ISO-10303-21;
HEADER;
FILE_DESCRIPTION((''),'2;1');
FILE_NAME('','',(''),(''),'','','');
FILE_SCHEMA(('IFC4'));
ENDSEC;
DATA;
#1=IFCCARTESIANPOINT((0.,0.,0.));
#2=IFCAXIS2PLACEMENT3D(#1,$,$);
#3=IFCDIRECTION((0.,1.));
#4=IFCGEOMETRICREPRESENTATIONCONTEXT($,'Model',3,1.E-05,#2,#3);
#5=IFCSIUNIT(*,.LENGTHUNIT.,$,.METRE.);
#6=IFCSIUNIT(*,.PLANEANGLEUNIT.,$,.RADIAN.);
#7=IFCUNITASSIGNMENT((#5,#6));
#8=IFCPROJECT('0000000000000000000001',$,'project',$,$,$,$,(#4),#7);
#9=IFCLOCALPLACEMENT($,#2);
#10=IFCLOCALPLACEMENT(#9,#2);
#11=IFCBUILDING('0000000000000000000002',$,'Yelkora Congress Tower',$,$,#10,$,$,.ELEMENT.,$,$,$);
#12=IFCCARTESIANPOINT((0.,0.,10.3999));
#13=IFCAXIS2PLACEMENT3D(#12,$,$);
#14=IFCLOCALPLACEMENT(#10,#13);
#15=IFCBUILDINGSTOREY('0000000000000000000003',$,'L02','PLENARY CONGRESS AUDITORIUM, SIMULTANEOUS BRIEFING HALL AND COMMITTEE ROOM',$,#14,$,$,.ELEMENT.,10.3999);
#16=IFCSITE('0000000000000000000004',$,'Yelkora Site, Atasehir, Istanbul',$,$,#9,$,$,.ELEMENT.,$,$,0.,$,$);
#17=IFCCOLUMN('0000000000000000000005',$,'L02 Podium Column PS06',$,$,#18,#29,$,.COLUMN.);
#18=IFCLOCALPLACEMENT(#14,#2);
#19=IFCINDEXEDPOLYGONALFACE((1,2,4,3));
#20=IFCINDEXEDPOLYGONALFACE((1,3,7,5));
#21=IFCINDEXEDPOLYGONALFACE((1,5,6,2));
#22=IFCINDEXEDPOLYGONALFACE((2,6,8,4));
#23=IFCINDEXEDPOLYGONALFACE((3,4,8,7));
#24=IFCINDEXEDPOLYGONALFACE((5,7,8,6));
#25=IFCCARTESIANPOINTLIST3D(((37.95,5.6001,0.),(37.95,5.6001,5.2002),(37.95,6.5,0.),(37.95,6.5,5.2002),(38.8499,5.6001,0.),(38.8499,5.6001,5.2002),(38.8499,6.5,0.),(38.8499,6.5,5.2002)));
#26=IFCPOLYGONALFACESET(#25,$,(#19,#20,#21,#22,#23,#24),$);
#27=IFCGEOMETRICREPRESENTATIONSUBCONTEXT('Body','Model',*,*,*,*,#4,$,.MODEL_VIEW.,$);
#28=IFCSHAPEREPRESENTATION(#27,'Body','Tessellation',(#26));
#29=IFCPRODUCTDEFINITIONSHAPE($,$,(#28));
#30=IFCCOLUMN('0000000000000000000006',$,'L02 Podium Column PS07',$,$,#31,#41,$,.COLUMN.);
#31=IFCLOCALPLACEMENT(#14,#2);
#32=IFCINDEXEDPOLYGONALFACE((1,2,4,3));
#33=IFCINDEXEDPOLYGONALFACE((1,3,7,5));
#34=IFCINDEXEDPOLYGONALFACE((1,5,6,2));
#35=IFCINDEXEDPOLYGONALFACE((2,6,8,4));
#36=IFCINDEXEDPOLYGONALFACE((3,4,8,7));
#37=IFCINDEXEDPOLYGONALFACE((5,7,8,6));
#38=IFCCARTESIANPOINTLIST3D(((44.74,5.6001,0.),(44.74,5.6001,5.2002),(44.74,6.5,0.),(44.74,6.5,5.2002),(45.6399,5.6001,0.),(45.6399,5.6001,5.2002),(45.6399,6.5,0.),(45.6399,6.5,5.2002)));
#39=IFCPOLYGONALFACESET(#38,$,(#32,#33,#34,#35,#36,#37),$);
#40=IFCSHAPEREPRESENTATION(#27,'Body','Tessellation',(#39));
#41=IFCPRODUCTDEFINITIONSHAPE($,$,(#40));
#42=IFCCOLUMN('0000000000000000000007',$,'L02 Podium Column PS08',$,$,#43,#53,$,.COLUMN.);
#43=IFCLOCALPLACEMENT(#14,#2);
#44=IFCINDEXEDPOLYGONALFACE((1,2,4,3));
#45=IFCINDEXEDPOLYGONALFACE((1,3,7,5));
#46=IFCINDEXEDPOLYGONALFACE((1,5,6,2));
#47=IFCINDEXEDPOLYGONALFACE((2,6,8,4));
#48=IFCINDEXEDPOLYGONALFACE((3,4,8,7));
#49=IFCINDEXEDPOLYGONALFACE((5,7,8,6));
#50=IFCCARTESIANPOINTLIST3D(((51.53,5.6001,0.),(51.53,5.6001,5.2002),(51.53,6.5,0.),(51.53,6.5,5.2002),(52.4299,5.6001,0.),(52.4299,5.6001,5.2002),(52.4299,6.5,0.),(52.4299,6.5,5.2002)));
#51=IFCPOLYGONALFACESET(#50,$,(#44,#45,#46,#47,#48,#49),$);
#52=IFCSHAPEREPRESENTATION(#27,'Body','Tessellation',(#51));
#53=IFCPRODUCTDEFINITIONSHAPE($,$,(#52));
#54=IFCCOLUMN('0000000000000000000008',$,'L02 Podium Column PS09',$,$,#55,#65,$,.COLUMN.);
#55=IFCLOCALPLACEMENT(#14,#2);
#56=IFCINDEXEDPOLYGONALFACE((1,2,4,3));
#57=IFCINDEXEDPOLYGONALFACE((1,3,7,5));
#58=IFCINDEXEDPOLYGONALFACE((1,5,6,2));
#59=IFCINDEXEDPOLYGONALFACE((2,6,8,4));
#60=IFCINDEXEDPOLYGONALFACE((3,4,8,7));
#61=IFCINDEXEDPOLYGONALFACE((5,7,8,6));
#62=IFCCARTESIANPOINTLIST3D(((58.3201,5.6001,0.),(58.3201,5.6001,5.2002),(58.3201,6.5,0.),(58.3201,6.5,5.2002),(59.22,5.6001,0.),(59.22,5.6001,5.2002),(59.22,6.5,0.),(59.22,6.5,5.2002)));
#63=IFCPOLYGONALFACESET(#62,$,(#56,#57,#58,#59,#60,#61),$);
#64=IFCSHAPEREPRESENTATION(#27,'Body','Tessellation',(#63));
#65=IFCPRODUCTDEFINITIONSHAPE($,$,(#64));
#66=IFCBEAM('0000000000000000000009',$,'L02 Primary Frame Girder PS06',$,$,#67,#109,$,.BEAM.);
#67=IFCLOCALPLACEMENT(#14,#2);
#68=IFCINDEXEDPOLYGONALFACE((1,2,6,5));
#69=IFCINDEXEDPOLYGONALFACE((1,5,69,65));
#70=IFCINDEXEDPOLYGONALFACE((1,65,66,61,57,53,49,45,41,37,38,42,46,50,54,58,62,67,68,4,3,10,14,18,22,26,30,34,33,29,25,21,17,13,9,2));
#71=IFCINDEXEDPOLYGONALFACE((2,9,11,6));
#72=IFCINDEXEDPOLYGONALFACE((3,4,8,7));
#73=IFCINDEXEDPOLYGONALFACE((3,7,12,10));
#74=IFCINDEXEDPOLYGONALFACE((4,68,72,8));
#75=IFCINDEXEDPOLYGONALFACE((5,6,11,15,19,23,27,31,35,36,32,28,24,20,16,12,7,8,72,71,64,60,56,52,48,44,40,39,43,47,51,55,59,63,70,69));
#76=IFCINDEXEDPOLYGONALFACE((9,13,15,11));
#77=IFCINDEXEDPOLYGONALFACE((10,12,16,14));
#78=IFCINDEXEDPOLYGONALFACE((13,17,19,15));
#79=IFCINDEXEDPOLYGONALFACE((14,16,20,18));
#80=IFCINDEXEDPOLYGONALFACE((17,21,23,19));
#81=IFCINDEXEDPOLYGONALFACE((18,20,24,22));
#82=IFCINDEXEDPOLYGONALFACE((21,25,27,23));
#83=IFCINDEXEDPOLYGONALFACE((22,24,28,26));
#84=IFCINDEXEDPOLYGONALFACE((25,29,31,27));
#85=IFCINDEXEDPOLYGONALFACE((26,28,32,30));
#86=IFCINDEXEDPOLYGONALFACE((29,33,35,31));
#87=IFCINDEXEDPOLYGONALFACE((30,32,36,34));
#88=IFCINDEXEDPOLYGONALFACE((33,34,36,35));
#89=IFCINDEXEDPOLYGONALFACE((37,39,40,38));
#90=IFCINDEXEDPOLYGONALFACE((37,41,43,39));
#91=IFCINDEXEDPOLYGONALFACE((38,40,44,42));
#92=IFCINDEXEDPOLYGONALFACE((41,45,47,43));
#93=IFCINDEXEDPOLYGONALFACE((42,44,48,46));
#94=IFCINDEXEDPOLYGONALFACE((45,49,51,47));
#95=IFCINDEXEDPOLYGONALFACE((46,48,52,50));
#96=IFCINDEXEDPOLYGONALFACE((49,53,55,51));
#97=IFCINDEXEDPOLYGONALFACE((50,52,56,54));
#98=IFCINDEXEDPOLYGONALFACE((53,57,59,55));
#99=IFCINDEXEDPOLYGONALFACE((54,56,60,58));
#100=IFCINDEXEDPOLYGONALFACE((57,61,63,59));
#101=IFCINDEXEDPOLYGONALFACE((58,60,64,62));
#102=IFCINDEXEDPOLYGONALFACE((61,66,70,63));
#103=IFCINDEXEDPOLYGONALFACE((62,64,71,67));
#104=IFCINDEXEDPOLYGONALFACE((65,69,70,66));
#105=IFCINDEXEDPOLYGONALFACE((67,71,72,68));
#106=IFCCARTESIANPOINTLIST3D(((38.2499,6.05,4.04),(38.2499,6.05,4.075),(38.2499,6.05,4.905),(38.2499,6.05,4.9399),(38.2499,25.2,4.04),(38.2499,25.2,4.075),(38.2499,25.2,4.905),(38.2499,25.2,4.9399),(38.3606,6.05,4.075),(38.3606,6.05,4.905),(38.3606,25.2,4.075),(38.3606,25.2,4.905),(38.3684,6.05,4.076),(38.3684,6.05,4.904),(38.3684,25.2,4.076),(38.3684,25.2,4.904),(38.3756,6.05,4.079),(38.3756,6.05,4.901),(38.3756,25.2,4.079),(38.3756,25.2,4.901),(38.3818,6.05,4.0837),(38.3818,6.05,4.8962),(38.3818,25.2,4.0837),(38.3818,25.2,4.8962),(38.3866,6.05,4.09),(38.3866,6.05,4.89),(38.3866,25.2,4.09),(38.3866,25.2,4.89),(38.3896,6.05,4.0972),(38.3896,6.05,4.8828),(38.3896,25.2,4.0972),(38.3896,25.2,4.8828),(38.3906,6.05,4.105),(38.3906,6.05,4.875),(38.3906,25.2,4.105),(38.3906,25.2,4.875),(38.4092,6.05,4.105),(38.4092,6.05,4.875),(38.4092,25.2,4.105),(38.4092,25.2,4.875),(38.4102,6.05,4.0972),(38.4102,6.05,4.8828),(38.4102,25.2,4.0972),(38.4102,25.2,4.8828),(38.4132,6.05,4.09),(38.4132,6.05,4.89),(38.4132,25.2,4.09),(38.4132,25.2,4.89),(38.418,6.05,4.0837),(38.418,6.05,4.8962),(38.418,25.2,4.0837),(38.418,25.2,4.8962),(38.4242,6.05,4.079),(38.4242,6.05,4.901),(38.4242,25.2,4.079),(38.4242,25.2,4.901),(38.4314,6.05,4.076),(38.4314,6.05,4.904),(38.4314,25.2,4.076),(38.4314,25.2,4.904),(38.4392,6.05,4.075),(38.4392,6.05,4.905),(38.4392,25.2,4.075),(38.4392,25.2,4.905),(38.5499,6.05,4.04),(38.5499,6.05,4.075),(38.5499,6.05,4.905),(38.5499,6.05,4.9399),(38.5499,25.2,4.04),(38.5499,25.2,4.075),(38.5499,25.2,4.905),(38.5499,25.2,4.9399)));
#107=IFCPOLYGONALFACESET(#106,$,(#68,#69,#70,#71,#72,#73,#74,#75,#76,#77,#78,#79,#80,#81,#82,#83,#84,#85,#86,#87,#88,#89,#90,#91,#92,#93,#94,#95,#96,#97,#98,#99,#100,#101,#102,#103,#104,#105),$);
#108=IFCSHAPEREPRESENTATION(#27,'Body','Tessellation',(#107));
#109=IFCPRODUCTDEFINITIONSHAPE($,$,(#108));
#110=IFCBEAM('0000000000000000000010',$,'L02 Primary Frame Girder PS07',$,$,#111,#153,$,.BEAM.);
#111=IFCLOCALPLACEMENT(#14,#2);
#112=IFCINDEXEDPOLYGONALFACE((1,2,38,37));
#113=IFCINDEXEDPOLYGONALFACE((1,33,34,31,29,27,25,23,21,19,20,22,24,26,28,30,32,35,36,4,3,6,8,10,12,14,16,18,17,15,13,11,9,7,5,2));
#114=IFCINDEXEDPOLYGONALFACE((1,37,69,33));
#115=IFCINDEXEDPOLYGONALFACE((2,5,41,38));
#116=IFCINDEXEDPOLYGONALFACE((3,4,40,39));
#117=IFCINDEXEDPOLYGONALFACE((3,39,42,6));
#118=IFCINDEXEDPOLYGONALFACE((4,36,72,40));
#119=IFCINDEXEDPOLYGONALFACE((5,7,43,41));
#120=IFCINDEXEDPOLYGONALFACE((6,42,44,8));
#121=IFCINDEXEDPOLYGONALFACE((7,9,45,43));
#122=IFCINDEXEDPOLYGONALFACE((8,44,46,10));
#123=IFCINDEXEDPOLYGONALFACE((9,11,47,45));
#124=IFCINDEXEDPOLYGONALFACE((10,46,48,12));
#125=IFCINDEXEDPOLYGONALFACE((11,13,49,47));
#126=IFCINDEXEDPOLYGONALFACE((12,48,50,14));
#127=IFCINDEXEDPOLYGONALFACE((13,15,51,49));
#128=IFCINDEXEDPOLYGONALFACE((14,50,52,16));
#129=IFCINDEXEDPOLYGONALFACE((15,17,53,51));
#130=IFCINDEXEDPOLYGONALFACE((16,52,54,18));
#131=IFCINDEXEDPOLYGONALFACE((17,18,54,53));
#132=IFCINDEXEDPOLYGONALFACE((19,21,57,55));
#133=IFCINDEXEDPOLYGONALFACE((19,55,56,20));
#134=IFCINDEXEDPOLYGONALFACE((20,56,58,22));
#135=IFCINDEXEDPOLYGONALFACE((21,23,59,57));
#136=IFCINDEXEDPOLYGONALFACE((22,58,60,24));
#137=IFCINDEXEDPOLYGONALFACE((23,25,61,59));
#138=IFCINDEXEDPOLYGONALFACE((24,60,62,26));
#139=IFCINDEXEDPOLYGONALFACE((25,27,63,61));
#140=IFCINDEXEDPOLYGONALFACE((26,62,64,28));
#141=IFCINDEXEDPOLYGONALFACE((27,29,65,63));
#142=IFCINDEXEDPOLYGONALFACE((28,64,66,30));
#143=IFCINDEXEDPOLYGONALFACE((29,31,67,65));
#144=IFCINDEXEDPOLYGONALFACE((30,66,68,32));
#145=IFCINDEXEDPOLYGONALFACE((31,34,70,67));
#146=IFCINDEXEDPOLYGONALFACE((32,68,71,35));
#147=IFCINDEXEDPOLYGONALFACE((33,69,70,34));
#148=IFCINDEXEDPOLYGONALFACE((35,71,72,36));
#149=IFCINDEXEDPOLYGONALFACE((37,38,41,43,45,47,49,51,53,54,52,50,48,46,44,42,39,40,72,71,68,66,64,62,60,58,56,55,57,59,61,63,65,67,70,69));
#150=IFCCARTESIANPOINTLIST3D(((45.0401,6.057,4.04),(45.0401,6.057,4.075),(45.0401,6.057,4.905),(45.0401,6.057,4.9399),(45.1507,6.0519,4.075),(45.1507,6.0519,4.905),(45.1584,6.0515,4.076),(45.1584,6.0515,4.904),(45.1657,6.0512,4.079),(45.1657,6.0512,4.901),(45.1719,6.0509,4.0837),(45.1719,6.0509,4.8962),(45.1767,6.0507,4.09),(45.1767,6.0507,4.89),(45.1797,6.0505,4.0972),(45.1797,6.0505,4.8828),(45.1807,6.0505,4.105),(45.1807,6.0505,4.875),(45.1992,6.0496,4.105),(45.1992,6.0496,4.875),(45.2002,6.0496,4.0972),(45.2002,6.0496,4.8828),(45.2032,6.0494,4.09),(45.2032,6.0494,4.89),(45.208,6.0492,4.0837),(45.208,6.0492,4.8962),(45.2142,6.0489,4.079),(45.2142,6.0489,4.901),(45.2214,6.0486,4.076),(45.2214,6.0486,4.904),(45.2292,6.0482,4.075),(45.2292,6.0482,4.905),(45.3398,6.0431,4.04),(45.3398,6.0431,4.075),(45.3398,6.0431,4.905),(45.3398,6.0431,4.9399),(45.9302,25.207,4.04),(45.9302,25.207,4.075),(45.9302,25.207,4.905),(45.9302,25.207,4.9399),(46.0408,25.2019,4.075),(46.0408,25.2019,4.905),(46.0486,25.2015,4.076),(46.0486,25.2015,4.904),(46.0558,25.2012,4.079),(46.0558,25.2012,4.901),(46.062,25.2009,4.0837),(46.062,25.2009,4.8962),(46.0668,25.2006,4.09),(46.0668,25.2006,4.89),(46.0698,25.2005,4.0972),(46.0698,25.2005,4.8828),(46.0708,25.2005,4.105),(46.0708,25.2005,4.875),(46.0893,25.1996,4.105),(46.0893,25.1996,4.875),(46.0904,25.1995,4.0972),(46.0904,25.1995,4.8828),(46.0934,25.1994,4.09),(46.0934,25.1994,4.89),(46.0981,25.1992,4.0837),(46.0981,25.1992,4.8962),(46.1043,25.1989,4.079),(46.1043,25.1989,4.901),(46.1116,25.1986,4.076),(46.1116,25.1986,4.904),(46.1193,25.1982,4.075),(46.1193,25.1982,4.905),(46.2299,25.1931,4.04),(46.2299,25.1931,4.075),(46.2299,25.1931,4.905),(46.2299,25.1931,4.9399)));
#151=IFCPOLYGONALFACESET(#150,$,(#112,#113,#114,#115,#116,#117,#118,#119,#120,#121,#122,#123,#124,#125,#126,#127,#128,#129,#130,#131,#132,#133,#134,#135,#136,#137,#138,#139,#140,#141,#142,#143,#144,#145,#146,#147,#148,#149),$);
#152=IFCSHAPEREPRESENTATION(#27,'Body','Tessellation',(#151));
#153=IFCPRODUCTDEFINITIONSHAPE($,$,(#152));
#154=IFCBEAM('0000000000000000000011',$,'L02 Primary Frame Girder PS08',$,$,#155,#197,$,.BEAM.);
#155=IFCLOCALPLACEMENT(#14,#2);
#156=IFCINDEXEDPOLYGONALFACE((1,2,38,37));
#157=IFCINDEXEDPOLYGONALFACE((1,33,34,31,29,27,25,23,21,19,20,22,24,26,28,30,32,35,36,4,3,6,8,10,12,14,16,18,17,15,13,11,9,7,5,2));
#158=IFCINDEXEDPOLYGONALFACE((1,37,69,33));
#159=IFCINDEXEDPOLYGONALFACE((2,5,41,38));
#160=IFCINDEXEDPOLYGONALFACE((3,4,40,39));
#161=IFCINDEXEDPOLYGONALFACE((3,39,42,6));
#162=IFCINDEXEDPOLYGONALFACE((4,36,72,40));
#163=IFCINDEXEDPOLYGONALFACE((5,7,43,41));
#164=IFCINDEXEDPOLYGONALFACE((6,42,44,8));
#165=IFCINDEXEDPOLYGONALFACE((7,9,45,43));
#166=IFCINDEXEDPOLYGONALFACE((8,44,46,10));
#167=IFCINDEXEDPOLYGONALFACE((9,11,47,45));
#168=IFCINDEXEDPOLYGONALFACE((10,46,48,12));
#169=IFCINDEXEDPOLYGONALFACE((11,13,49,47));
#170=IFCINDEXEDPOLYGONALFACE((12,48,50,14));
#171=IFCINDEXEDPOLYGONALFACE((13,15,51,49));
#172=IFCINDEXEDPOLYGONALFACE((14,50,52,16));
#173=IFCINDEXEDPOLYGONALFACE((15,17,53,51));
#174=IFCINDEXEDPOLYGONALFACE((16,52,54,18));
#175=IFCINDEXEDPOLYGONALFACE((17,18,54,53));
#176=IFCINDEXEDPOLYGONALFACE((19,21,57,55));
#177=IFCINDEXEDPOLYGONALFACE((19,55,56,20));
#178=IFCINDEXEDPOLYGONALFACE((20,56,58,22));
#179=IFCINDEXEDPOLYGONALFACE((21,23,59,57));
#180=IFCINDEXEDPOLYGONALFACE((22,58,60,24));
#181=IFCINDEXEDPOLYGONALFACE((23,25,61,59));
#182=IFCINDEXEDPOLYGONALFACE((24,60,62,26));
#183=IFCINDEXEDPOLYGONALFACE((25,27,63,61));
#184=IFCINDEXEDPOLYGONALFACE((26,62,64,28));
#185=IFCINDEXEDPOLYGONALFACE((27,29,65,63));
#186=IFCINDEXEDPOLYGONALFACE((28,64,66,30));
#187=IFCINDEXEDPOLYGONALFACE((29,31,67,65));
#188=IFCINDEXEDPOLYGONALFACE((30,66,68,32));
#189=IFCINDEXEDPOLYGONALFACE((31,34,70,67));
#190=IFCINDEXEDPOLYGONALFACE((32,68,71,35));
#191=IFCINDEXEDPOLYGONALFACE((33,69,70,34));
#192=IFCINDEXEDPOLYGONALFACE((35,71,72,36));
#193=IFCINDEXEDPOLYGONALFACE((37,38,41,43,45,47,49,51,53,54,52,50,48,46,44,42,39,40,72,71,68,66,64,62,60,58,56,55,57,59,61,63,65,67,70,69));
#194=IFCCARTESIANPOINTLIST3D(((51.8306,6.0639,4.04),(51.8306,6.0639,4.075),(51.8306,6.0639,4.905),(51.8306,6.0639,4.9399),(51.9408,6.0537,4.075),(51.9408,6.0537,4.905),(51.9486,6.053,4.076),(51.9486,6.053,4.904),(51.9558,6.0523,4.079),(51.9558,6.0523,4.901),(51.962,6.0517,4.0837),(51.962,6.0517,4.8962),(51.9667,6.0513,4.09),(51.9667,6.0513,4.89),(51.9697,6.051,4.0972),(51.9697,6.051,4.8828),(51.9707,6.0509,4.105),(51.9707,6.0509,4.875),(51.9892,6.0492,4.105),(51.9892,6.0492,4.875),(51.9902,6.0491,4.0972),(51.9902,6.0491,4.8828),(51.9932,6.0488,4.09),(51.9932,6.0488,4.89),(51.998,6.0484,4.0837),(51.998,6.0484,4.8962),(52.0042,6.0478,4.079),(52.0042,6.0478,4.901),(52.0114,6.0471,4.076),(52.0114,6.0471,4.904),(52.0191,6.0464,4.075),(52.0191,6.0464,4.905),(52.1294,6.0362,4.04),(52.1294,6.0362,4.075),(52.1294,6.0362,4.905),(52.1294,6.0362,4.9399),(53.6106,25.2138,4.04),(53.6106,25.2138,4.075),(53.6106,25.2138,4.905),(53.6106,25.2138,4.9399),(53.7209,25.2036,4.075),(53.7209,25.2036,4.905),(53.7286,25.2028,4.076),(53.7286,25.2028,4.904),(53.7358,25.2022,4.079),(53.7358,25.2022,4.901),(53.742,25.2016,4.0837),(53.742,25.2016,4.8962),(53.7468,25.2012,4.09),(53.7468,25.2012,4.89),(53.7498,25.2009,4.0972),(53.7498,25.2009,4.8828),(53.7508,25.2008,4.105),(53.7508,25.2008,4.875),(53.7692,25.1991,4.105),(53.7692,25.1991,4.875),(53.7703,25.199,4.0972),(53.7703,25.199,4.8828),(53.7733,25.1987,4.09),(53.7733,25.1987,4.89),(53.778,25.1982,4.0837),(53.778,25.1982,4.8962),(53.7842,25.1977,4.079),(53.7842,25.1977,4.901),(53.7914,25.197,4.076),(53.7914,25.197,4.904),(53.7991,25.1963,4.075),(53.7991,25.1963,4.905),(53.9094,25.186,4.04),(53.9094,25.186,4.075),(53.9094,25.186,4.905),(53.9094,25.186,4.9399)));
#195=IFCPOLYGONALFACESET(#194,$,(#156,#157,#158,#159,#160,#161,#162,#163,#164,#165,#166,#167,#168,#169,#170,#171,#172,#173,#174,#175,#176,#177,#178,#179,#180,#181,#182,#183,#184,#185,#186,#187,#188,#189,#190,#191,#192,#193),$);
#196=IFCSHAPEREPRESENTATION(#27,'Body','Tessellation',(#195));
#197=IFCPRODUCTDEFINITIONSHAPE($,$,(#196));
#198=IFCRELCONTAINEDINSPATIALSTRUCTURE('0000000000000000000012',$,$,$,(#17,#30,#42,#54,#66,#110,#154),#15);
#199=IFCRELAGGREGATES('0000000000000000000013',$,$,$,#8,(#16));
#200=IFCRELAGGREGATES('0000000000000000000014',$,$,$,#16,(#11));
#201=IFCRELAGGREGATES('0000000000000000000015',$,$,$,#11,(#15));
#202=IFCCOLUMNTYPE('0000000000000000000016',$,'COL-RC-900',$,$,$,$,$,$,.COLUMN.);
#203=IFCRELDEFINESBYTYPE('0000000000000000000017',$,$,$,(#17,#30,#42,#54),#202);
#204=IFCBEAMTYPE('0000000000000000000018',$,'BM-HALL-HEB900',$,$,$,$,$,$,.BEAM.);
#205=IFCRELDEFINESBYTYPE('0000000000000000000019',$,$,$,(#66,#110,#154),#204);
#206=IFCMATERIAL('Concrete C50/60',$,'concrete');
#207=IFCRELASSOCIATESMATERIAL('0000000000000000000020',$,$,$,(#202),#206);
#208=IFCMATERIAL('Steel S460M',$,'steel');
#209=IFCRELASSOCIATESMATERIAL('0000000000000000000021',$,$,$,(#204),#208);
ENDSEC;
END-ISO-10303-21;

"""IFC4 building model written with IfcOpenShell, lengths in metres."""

from ifc_helpers import new_model, si_unit, direction, frame, origin, origin_2d, place, context, subcontext, project, spatial, rectangle, i_section, extrude, material, material_profile, profile_set, type_object, element, save


model = new_model("IFC4")

# Units and contexts
model_context = context("Model", 3, precision=1e-05, world=origin(), true_north=direction((0.0, 1.0)))
body_context = subcontext(model_context, "Body", "Model", "MODEL_VIEW")
ifc_project = project(units=[si_unit("LENGTHUNIT", "METRE"), si_unit("PLANEANGLEUNIT", "RADIAN")], contexts=[model_context])

# Site, building, storey
site_placement = place(None, origin())
site = spatial("IfcSite", under=ifc_project, at=site_placement, Name="Yelkora Site, Atasehir, Istanbul", CompositionType="ELEMENT", RefElevation=0.0)
building_placement = place(site_placement, origin())
building = spatial("IfcBuilding", under=site, at=building_placement, Name="Yelkora Congress Tower", CompositionType="ELEMENT")
storey_placement = place(building_placement, frame((0.0, 0.0, 10.3999)))
storey = spatial("IfcBuildingStorey", under=building, at=storey_placement, Name="L02", Description="PLENARY CONGRESS AUDITORIUM, SIMULTANEOUS BRIEFING HALL AND COMMITTEE ROOM", CompositionType="ELEMENT", Elevation=10.3999)

# Columns
ifc_material_1 = material(Name="Concrete C50/60", Category="concrete")
ifc_material_profile_1 = material_profile(ifc_material_1, rectangle(XDim=0.8999, YDim=0.8999, at=origin_2d()), Name="RC 900x900")
ifc_profile_set_1 = profile_set([ifc_material_profile_1], Name="Concrete C50/60")
column_type = type_object("IfcColumnType", Name="COL-RC-900", PredefinedType="COLUMN", material=ifc_profile_set_1)
for number, where, z_axis, x_axis, name in (
    (1, (38.3999, 6.05, 0.0), (0.0, 0.0, 1.0), (1.0, 0.0, 0.0), "L02 Podium Column PS06"),
    (2, (45.1899, 6.05, 0.0), (0.0, 0.0, 1.0), (1.0, 0.0, 0.0), "L02 Podium Column PS07"),
    (3, (51.98, 6.05, 0.0), (0.0, 0.0, 1.0), (1.0, 0.0, 0.0), "L02 Podium Column PS08"),
    (4, (58.77, 6.05, 0.0), (0.0, 0.0, 1.0), (1.0, 0.0, 0.0), "L02 Podium Column PS09"),
):
    element("IfcColumn", number, at=place(storey_placement, frame(where, z_axis=z_axis, x_axis=x_axis)), inside=storey, type_object=column_type, Name=name, PredefinedType="COLUMN", context=body_context, shape_type="SweptSolid", body=[
        extrude(rectangle(XDim=0.8999, YDim=0.8999, at=origin_2d()), origin(), (0.0, 0.0, 1.0), 5.2002),
    ])

# Beams
ifc_material_2 = material(Name="Steel S460M", Category="steel")
ifc_material_profile_2 = material_profile(ifc_material_2, i_section(OverallWidth=0.3, OverallDepth=0.8999, WebThickness=0.0186, FlangeThickness=0.0349, FilletRadius=0.03, at=origin_2d()), Name="HEB 900")
ifc_profile_set_2 = profile_set([ifc_material_profile_2], Name="Steel S460M")
beam_type_1 = type_object("IfcBeamType", Name="BM-HALL-HEB900", PredefinedType="BEAM", material=ifc_profile_set_2)
beam_1_placement = place(storey_placement, frame((38.3999, 6.05, 4.49), z_axis=(0.0, 1.0, 0.0), x_axis=(-1.0, 0.0, 0.0)))
element("IfcBeam", 5, at=beam_1_placement, inside=storey, type_object=beam_type_1, Name="L02 Primary Frame Girder PS06", PredefinedType="BEAM", context=body_context, shape_type="SweptSolid", body=[
    extrude(i_section(OverallWidth=0.3, OverallDepth=0.8999, WebThickness=0.0186, FlangeThickness=0.0349, FilletRadius=0.03, at=origin_2d()), origin(), (0.0, 0.0, 1.0), 19.1499),
])
beam_2_placement = place(storey_placement, frame((45.1899, 6.05, 4.49), z_axis=(0.046432, 0.998921, 0.0), x_axis=(-0.998921, 0.046432, 0.0)))
element("IfcBeam", 6, at=beam_2_placement, inside=storey, type_object=beam_type_1, Name="L02 Primary Frame Girder PS07", PredefinedType="BEAM", context=body_context, shape_type="SweptSolid", body=[
    extrude(i_section(OverallWidth=0.3, OverallDepth=0.8999, WebThickness=0.0186, FlangeThickness=0.0349, FilletRadius=0.03, at=origin_2d()), origin(), (0.0, 0.0, 1.0), 19.1707),
])
beam_3_placement = place(storey_placement, frame((51.98, 6.05, 4.49), z_axis=(0.092553, 0.995708, 0.0), x_axis=(-0.995708, 0.092553, 0.0)))
element("IfcBeam", 7, at=beam_3_placement, inside=storey, type_object=beam_type_1, Name="L02 Primary Frame Girder PS08", PredefinedType="BEAM", context=body_context, shape_type="SweptSolid", body=[
    extrude(i_section(OverallWidth=0.3, OverallDepth=0.8999, WebThickness=0.0186, FlangeThickness=0.0349, FilletRadius=0.03, at=origin_2d()), origin(), (0.0, 0.0, 1.0), 19.2324),
])

save(model, "model.ifc")
